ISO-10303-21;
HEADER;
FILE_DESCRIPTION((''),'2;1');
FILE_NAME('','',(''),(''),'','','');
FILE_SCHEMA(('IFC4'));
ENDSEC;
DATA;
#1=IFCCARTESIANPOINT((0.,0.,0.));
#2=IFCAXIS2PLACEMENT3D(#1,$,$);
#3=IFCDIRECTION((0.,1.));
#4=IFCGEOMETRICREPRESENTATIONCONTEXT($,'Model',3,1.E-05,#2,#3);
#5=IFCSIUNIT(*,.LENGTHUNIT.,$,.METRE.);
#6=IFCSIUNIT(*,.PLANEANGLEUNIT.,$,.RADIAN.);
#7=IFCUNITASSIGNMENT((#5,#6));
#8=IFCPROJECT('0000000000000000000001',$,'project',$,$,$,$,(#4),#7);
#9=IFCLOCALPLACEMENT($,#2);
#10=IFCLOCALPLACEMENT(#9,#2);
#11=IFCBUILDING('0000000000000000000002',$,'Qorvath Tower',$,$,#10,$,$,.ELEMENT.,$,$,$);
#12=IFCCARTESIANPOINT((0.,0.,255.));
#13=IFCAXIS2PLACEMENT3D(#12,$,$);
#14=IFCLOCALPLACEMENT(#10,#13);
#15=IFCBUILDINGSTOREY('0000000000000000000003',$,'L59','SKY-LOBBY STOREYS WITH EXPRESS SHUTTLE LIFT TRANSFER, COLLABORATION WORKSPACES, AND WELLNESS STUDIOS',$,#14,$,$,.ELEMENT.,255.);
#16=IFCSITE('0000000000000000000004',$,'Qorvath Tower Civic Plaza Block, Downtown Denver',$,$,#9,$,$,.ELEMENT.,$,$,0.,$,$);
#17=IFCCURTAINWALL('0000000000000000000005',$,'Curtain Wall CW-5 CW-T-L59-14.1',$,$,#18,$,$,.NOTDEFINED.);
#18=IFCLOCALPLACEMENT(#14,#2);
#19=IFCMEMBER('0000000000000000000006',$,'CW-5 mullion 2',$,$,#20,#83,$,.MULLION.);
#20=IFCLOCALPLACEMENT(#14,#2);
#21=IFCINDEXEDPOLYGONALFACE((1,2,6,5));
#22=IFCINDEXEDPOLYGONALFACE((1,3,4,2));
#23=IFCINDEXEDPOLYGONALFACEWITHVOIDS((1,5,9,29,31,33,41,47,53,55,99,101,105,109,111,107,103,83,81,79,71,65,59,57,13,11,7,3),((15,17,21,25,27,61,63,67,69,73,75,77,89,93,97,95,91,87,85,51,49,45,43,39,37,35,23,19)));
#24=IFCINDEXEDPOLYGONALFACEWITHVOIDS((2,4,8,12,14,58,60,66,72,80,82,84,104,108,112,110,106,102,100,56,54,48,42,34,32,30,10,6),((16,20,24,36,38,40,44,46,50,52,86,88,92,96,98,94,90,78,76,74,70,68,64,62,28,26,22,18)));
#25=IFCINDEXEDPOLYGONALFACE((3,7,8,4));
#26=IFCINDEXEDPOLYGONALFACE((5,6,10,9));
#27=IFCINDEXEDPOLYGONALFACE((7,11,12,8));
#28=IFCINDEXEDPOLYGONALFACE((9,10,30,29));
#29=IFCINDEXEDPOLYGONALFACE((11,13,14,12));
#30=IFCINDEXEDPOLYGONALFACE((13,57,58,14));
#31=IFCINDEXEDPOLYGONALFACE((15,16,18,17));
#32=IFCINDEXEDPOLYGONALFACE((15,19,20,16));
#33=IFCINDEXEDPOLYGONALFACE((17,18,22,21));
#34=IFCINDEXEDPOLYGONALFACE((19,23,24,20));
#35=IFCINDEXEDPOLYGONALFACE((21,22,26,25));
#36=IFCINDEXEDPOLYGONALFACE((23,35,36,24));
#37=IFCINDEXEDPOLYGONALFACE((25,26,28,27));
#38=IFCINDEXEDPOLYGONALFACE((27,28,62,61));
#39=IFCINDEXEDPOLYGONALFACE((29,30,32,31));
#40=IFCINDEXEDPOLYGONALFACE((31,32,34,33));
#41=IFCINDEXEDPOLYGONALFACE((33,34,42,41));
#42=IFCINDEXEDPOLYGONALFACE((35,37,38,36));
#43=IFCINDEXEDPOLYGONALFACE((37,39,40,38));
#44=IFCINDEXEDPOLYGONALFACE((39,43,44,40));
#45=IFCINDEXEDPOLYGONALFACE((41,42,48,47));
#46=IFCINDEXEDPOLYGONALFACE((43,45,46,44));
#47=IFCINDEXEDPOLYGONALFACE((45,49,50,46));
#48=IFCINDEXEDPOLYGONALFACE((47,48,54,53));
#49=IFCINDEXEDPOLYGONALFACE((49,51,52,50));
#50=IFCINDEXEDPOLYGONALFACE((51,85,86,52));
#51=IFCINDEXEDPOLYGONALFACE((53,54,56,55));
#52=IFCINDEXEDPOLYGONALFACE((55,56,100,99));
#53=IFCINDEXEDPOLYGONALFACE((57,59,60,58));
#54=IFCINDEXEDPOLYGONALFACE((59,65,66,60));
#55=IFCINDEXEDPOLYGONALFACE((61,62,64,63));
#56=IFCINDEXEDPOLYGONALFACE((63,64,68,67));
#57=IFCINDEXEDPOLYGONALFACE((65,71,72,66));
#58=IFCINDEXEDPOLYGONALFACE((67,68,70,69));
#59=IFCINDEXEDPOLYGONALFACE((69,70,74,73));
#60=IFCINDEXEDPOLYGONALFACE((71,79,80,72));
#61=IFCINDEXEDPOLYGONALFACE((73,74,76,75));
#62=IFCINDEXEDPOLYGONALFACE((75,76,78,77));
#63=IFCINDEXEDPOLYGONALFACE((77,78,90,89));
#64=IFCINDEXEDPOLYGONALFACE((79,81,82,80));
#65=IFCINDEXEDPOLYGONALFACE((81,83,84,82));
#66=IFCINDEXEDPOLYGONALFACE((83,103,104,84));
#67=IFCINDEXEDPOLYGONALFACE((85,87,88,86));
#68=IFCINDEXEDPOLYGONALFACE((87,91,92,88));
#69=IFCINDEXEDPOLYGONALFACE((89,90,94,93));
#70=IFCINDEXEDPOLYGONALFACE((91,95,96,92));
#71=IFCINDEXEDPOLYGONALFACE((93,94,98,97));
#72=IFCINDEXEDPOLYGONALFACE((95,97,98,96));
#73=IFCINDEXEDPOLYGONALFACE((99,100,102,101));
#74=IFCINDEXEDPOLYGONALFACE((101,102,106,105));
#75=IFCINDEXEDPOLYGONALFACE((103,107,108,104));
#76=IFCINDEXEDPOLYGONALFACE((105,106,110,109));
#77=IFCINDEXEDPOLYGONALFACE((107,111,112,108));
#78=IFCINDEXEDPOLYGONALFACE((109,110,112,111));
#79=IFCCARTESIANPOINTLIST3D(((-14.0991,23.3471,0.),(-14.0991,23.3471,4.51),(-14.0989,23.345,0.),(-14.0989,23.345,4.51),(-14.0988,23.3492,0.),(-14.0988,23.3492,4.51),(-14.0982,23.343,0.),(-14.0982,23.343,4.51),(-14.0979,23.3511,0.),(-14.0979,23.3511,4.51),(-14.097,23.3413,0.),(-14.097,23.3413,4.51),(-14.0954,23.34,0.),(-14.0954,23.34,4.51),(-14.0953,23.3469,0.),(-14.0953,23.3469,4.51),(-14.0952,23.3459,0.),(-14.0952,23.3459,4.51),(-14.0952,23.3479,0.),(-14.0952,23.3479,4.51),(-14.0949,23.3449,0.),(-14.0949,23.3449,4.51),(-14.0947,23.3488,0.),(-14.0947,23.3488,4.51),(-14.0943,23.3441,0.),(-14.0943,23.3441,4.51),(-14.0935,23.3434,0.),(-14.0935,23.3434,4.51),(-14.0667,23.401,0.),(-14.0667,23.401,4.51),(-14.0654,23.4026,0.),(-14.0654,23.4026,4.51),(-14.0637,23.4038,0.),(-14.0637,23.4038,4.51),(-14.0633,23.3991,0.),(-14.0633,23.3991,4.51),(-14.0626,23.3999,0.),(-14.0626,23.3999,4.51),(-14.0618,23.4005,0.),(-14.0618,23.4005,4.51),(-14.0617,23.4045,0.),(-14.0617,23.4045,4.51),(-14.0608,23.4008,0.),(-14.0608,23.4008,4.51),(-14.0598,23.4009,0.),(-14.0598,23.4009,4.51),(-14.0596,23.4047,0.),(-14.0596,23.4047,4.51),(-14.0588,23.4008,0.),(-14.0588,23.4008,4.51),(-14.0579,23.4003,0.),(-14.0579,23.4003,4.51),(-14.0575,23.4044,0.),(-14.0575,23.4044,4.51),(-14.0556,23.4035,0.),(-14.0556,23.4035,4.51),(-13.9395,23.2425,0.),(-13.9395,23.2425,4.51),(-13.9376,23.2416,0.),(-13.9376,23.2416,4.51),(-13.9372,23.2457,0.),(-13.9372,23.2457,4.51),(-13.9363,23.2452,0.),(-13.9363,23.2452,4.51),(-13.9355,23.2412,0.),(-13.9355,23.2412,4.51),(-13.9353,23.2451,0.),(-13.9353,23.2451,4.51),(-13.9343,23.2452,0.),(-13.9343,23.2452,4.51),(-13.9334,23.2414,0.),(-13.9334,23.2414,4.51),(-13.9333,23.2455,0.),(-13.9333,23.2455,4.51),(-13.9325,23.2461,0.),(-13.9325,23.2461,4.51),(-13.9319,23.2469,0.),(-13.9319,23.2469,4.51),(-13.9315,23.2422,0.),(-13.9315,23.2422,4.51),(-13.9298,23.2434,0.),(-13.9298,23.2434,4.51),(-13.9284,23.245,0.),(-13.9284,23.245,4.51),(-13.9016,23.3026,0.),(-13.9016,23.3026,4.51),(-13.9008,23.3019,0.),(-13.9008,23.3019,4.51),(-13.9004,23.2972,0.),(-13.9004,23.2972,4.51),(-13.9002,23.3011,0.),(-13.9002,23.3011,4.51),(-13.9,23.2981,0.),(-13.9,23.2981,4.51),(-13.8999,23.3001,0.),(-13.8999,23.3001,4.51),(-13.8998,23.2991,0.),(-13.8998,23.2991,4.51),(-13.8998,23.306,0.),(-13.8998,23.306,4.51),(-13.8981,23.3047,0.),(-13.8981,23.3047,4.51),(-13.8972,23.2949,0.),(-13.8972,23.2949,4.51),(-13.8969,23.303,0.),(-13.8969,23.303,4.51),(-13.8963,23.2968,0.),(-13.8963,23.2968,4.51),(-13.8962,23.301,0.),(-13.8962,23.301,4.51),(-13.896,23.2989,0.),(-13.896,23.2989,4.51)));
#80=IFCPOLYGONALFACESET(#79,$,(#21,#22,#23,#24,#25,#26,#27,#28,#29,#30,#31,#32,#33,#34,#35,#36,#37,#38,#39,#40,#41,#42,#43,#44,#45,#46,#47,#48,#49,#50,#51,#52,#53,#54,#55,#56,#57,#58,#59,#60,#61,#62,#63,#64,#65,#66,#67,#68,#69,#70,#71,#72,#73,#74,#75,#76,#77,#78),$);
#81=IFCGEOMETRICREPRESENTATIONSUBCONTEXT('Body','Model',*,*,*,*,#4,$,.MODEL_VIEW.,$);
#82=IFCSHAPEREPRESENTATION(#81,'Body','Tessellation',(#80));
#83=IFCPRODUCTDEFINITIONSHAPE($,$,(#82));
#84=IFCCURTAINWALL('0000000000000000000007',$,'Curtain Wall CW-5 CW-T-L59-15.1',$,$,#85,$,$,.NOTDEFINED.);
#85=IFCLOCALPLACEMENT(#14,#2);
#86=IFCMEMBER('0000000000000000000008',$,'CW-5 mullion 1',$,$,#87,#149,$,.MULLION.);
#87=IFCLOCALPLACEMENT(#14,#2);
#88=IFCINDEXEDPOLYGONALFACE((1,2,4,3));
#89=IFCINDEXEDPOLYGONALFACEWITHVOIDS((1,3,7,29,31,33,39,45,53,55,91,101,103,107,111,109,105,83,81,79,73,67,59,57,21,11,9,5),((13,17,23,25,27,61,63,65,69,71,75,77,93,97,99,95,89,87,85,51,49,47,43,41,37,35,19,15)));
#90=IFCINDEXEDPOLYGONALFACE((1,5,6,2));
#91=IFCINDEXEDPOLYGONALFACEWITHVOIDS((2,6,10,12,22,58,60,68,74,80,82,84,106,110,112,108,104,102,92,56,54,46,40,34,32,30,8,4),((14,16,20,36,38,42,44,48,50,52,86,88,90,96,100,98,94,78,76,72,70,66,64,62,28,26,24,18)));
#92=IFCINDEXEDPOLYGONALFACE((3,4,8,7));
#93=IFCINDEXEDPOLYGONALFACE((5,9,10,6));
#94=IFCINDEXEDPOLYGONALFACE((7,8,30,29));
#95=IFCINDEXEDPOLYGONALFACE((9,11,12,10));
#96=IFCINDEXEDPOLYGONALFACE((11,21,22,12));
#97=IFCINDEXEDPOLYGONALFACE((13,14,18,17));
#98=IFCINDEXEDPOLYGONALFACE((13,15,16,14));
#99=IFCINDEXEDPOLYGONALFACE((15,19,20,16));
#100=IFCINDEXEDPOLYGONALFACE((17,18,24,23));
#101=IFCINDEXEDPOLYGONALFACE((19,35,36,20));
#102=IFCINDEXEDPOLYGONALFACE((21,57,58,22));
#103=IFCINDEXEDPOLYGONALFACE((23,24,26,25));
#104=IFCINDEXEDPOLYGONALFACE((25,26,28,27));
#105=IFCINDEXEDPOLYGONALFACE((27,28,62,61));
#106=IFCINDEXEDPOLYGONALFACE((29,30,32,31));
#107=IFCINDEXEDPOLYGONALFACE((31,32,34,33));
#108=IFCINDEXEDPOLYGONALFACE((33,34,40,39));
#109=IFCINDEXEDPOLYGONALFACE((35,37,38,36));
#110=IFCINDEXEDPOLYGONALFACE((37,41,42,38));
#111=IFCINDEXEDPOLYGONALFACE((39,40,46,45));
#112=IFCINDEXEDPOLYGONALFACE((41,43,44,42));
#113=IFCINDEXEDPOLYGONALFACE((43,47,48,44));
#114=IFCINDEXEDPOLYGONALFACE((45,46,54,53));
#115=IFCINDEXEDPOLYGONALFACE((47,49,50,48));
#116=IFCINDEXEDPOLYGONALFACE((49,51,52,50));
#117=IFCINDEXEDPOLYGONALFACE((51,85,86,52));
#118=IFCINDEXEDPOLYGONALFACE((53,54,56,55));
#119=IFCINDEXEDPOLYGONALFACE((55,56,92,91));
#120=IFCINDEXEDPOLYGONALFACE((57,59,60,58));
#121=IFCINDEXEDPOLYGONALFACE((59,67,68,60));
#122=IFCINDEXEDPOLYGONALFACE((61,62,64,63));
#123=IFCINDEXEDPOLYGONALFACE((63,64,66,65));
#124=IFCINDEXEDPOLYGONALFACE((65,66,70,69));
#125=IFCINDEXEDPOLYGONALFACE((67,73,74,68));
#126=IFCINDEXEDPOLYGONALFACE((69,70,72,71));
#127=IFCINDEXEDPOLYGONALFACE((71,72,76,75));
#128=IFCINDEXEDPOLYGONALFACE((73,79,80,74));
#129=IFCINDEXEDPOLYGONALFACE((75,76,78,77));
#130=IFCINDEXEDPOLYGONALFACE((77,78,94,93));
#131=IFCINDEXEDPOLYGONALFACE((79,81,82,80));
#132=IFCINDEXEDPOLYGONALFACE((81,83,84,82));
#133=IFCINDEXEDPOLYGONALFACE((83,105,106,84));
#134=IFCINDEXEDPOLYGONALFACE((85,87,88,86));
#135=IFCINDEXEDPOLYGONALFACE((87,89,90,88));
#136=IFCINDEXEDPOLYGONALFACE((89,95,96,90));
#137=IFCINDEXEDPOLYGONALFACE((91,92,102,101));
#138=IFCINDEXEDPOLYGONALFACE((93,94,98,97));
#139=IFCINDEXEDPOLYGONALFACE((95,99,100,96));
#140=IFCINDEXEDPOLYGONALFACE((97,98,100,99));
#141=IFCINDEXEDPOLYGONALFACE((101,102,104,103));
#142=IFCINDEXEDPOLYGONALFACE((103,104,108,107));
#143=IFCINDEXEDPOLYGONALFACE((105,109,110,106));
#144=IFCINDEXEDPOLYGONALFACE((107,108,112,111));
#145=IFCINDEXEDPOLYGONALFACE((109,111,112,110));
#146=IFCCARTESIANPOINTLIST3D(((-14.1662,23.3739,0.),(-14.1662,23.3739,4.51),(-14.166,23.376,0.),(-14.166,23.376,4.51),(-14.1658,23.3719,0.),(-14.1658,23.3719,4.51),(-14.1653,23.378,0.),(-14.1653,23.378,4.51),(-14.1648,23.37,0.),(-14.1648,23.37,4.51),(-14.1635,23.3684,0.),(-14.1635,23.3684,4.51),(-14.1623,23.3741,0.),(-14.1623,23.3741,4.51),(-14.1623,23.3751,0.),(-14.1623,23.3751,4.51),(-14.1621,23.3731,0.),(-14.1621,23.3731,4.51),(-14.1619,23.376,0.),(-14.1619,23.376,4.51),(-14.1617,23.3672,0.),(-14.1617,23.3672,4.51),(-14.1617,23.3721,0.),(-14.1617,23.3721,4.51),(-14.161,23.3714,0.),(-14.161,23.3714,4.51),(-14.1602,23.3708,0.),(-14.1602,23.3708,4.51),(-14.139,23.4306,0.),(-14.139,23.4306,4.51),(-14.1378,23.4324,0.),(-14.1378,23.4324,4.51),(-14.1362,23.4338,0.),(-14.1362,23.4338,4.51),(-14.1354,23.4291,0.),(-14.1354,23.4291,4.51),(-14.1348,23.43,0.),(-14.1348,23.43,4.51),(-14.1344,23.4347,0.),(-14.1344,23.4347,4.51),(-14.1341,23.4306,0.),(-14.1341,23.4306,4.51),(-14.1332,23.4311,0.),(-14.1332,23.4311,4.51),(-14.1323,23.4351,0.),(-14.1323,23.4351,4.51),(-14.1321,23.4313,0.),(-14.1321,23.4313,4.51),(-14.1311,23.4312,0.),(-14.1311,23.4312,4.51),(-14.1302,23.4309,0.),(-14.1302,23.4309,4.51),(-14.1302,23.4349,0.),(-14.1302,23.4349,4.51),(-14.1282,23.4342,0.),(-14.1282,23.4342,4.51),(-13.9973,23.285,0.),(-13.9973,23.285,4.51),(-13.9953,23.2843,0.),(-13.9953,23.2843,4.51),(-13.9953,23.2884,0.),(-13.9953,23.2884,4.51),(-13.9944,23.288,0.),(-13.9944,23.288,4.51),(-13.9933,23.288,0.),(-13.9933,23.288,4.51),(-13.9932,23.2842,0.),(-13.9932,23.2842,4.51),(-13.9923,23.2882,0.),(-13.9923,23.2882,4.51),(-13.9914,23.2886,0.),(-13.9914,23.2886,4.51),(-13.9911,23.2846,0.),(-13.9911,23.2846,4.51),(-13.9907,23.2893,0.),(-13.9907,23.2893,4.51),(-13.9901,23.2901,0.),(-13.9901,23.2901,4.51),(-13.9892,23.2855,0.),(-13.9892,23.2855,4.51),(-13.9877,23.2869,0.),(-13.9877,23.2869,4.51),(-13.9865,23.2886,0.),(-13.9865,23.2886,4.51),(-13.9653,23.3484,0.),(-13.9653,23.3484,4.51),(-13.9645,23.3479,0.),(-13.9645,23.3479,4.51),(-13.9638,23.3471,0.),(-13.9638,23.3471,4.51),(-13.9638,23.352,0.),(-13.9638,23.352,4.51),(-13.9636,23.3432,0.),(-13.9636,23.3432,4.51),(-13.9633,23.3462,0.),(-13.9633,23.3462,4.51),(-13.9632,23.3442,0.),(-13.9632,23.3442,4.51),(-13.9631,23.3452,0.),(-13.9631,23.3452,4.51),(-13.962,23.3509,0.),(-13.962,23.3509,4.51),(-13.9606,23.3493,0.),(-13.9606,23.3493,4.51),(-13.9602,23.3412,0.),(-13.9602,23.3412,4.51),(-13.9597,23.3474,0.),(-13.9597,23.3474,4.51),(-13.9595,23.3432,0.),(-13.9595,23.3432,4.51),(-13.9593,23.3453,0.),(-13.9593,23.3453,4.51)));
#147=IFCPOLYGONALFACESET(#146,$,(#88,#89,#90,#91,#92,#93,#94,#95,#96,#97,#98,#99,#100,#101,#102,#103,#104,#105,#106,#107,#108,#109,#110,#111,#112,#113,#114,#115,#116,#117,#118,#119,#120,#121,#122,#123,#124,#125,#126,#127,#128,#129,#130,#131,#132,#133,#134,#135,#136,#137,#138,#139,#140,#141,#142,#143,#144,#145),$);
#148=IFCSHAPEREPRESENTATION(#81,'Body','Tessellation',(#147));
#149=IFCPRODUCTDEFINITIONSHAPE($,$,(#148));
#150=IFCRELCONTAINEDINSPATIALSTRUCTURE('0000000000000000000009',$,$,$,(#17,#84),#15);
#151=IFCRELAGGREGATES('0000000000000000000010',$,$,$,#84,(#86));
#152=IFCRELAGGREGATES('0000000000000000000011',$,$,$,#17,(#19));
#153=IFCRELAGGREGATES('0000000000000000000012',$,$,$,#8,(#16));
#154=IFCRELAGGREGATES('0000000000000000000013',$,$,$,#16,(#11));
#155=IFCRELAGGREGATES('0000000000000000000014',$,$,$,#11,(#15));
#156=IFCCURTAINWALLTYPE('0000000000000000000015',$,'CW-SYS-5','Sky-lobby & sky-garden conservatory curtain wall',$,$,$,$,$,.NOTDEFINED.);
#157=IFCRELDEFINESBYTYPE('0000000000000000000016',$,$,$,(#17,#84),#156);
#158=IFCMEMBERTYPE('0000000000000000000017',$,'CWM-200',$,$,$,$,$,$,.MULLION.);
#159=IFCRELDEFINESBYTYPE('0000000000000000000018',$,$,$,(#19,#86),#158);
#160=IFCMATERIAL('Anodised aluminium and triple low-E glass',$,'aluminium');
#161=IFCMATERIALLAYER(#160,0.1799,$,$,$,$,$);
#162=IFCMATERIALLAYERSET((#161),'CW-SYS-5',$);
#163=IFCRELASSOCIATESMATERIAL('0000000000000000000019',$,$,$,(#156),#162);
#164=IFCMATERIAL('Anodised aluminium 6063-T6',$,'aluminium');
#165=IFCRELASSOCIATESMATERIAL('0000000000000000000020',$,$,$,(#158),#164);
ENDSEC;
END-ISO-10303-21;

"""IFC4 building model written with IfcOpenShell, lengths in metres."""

from ifc_helpers import new_model, si_unit, direction, frame, origin, origin_2d, place, context, subcontext, project, spatial, hollow_rectangle, extrude, material, layer, layer_set, material_profile, profile_set, type_object, element, aggregate, save


model = new_model("IFC4")

# Units and contexts
model_context = context("Model", 3, precision=1e-05, world=origin(), true_north=direction((0.0, 1.0)))
body_context = subcontext(model_context, "Body", "Model", "MODEL_VIEW")
ifc_project = project(units=[si_unit("LENGTHUNIT", "METRE"), si_unit("PLANEANGLEUNIT", "RADIAN")], contexts=[model_context])

# Site, building, storey
site_placement = place(None, origin())
site = spatial("IfcSite", under=ifc_project, at=site_placement, Name="Qorvath Tower Civic Plaza Block, Downtown Denver", CompositionType="ELEMENT", RefElevation=0.0)
building_placement = place(site_placement, origin())
building = spatial("IfcBuilding", under=site, at=building_placement, Name="Qorvath Tower", CompositionType="ELEMENT")
storey_placement = place(building_placement, frame((0.0, 0.0, 255.0)))
storey = spatial("IfcBuildingStorey", under=building, at=storey_placement, Name="L59", Description="SKY-LOBBY STOREYS WITH EXPRESS SHUTTLE LIFT TRANSFER, COLLABORATION WORKSPACES, AND WELLNESS STUDIOS", CompositionType="ELEMENT", Elevation=255.0)

# Shared definitions
ifc_material_1 = material(Name="Anodised aluminium and triple low-E glass", Category="aluminium")
ifc_layer_1 = layer(ifc_material_1, 0.1799)
ifc_layer_set_1 = layer_set([ifc_layer_1], Name="CW-SYS-5")
curtain_wall_type = type_object("IfcCurtainWallType", Name="CW-SYS-5", Description="Sky-lobby & sky-garden conservatory curtain wall", PredefinedType="NOTDEFINED", material=ifc_layer_set_1)
ifc_material_2 = material(Name="Anodised aluminium 6063-T6", Category="aluminium")
ifc_material_profile_1 = material_profile(ifc_material_2, hollow_rectangle(XDim=0.075, YDim=0.2, WallThickness=0.0039, InnerFilletRadius=0.0039, OuterFilletRadius=0.0081, at=origin_2d()), Name="CWM 200x75")
ifc_profile_set_1 = profile_set([ifc_material_profile_1], Name="Anodised aluminium 6063-T6")
member_type_1 = type_object("IfcMemberType", Name="CWM-200", PredefinedType="MULLION", material=ifc_profile_set_1)

# Curtain wall, member
curtain_wall_1_placement = place(storey_placement, origin())
curtain_wall_1 = element("IfcCurtainWall", 1, at=curtain_wall_1_placement, inside=storey, type_object=curtain_wall_type, Name="Curtain Wall CW-5 CW-T-L59-14.1", PredefinedType="NOTDEFINED")
member_1_placement = place(storey_placement, frame((-13.9976, 23.323, 0.0), z_axis=(0.0, 0.0, 1.0), x_axis=(-0.530464, -0.847707, 0.0)))
member_1 = element("IfcMember", 2, at=member_1_placement, type_object=member_type_1, Name="CW-5 mullion 2", PredefinedType="MULLION", context=body_context, shape_type="SweptSolid", body=[
    extrude(hollow_rectangle(XDim=0.075, YDim=0.2, WallThickness=0.0039, InnerFilletRadius=0.0039, OuterFilletRadius=0.0081, at=origin_2d()), origin(), (0.0, 0.0, 1.0), 4.51),
])

# Curtain wall, member
curtain_wall_2_placement = place(storey_placement, origin())
curtain_wall_2 = element("IfcCurtainWall", 3, at=curtain_wall_2_placement, inside=storey, type_object=curtain_wall_type, Name="Curtain Wall CW-5 CW-T-L59-15.1", PredefinedType="NOTDEFINED")
member_2_placement = place(storey_placement, frame((-14.0627, 23.3596, 0.0), z_axis=(0.0, 0.0, 1.0), x_axis=(-0.447164, -0.894452, 0.0)))
member_2 = element("IfcMember", 4, at=member_2_placement, type_object=member_type_1, Name="CW-5 mullion 1", PredefinedType="MULLION", context=body_context, shape_type="SweptSolid", body=[
    extrude(hollow_rectangle(XDim=0.075, YDim=0.2, WallThickness=0.0039, InnerFilletRadius=0.0039, OuterFilletRadius=0.0081, at=origin_2d()), origin(), (0.0, 0.0, 1.0), 4.51),
])

aggregate(curtain_wall_2, [member_2])

aggregate(curtain_wall_1, [member_1])

save(model, "model.ifc")
